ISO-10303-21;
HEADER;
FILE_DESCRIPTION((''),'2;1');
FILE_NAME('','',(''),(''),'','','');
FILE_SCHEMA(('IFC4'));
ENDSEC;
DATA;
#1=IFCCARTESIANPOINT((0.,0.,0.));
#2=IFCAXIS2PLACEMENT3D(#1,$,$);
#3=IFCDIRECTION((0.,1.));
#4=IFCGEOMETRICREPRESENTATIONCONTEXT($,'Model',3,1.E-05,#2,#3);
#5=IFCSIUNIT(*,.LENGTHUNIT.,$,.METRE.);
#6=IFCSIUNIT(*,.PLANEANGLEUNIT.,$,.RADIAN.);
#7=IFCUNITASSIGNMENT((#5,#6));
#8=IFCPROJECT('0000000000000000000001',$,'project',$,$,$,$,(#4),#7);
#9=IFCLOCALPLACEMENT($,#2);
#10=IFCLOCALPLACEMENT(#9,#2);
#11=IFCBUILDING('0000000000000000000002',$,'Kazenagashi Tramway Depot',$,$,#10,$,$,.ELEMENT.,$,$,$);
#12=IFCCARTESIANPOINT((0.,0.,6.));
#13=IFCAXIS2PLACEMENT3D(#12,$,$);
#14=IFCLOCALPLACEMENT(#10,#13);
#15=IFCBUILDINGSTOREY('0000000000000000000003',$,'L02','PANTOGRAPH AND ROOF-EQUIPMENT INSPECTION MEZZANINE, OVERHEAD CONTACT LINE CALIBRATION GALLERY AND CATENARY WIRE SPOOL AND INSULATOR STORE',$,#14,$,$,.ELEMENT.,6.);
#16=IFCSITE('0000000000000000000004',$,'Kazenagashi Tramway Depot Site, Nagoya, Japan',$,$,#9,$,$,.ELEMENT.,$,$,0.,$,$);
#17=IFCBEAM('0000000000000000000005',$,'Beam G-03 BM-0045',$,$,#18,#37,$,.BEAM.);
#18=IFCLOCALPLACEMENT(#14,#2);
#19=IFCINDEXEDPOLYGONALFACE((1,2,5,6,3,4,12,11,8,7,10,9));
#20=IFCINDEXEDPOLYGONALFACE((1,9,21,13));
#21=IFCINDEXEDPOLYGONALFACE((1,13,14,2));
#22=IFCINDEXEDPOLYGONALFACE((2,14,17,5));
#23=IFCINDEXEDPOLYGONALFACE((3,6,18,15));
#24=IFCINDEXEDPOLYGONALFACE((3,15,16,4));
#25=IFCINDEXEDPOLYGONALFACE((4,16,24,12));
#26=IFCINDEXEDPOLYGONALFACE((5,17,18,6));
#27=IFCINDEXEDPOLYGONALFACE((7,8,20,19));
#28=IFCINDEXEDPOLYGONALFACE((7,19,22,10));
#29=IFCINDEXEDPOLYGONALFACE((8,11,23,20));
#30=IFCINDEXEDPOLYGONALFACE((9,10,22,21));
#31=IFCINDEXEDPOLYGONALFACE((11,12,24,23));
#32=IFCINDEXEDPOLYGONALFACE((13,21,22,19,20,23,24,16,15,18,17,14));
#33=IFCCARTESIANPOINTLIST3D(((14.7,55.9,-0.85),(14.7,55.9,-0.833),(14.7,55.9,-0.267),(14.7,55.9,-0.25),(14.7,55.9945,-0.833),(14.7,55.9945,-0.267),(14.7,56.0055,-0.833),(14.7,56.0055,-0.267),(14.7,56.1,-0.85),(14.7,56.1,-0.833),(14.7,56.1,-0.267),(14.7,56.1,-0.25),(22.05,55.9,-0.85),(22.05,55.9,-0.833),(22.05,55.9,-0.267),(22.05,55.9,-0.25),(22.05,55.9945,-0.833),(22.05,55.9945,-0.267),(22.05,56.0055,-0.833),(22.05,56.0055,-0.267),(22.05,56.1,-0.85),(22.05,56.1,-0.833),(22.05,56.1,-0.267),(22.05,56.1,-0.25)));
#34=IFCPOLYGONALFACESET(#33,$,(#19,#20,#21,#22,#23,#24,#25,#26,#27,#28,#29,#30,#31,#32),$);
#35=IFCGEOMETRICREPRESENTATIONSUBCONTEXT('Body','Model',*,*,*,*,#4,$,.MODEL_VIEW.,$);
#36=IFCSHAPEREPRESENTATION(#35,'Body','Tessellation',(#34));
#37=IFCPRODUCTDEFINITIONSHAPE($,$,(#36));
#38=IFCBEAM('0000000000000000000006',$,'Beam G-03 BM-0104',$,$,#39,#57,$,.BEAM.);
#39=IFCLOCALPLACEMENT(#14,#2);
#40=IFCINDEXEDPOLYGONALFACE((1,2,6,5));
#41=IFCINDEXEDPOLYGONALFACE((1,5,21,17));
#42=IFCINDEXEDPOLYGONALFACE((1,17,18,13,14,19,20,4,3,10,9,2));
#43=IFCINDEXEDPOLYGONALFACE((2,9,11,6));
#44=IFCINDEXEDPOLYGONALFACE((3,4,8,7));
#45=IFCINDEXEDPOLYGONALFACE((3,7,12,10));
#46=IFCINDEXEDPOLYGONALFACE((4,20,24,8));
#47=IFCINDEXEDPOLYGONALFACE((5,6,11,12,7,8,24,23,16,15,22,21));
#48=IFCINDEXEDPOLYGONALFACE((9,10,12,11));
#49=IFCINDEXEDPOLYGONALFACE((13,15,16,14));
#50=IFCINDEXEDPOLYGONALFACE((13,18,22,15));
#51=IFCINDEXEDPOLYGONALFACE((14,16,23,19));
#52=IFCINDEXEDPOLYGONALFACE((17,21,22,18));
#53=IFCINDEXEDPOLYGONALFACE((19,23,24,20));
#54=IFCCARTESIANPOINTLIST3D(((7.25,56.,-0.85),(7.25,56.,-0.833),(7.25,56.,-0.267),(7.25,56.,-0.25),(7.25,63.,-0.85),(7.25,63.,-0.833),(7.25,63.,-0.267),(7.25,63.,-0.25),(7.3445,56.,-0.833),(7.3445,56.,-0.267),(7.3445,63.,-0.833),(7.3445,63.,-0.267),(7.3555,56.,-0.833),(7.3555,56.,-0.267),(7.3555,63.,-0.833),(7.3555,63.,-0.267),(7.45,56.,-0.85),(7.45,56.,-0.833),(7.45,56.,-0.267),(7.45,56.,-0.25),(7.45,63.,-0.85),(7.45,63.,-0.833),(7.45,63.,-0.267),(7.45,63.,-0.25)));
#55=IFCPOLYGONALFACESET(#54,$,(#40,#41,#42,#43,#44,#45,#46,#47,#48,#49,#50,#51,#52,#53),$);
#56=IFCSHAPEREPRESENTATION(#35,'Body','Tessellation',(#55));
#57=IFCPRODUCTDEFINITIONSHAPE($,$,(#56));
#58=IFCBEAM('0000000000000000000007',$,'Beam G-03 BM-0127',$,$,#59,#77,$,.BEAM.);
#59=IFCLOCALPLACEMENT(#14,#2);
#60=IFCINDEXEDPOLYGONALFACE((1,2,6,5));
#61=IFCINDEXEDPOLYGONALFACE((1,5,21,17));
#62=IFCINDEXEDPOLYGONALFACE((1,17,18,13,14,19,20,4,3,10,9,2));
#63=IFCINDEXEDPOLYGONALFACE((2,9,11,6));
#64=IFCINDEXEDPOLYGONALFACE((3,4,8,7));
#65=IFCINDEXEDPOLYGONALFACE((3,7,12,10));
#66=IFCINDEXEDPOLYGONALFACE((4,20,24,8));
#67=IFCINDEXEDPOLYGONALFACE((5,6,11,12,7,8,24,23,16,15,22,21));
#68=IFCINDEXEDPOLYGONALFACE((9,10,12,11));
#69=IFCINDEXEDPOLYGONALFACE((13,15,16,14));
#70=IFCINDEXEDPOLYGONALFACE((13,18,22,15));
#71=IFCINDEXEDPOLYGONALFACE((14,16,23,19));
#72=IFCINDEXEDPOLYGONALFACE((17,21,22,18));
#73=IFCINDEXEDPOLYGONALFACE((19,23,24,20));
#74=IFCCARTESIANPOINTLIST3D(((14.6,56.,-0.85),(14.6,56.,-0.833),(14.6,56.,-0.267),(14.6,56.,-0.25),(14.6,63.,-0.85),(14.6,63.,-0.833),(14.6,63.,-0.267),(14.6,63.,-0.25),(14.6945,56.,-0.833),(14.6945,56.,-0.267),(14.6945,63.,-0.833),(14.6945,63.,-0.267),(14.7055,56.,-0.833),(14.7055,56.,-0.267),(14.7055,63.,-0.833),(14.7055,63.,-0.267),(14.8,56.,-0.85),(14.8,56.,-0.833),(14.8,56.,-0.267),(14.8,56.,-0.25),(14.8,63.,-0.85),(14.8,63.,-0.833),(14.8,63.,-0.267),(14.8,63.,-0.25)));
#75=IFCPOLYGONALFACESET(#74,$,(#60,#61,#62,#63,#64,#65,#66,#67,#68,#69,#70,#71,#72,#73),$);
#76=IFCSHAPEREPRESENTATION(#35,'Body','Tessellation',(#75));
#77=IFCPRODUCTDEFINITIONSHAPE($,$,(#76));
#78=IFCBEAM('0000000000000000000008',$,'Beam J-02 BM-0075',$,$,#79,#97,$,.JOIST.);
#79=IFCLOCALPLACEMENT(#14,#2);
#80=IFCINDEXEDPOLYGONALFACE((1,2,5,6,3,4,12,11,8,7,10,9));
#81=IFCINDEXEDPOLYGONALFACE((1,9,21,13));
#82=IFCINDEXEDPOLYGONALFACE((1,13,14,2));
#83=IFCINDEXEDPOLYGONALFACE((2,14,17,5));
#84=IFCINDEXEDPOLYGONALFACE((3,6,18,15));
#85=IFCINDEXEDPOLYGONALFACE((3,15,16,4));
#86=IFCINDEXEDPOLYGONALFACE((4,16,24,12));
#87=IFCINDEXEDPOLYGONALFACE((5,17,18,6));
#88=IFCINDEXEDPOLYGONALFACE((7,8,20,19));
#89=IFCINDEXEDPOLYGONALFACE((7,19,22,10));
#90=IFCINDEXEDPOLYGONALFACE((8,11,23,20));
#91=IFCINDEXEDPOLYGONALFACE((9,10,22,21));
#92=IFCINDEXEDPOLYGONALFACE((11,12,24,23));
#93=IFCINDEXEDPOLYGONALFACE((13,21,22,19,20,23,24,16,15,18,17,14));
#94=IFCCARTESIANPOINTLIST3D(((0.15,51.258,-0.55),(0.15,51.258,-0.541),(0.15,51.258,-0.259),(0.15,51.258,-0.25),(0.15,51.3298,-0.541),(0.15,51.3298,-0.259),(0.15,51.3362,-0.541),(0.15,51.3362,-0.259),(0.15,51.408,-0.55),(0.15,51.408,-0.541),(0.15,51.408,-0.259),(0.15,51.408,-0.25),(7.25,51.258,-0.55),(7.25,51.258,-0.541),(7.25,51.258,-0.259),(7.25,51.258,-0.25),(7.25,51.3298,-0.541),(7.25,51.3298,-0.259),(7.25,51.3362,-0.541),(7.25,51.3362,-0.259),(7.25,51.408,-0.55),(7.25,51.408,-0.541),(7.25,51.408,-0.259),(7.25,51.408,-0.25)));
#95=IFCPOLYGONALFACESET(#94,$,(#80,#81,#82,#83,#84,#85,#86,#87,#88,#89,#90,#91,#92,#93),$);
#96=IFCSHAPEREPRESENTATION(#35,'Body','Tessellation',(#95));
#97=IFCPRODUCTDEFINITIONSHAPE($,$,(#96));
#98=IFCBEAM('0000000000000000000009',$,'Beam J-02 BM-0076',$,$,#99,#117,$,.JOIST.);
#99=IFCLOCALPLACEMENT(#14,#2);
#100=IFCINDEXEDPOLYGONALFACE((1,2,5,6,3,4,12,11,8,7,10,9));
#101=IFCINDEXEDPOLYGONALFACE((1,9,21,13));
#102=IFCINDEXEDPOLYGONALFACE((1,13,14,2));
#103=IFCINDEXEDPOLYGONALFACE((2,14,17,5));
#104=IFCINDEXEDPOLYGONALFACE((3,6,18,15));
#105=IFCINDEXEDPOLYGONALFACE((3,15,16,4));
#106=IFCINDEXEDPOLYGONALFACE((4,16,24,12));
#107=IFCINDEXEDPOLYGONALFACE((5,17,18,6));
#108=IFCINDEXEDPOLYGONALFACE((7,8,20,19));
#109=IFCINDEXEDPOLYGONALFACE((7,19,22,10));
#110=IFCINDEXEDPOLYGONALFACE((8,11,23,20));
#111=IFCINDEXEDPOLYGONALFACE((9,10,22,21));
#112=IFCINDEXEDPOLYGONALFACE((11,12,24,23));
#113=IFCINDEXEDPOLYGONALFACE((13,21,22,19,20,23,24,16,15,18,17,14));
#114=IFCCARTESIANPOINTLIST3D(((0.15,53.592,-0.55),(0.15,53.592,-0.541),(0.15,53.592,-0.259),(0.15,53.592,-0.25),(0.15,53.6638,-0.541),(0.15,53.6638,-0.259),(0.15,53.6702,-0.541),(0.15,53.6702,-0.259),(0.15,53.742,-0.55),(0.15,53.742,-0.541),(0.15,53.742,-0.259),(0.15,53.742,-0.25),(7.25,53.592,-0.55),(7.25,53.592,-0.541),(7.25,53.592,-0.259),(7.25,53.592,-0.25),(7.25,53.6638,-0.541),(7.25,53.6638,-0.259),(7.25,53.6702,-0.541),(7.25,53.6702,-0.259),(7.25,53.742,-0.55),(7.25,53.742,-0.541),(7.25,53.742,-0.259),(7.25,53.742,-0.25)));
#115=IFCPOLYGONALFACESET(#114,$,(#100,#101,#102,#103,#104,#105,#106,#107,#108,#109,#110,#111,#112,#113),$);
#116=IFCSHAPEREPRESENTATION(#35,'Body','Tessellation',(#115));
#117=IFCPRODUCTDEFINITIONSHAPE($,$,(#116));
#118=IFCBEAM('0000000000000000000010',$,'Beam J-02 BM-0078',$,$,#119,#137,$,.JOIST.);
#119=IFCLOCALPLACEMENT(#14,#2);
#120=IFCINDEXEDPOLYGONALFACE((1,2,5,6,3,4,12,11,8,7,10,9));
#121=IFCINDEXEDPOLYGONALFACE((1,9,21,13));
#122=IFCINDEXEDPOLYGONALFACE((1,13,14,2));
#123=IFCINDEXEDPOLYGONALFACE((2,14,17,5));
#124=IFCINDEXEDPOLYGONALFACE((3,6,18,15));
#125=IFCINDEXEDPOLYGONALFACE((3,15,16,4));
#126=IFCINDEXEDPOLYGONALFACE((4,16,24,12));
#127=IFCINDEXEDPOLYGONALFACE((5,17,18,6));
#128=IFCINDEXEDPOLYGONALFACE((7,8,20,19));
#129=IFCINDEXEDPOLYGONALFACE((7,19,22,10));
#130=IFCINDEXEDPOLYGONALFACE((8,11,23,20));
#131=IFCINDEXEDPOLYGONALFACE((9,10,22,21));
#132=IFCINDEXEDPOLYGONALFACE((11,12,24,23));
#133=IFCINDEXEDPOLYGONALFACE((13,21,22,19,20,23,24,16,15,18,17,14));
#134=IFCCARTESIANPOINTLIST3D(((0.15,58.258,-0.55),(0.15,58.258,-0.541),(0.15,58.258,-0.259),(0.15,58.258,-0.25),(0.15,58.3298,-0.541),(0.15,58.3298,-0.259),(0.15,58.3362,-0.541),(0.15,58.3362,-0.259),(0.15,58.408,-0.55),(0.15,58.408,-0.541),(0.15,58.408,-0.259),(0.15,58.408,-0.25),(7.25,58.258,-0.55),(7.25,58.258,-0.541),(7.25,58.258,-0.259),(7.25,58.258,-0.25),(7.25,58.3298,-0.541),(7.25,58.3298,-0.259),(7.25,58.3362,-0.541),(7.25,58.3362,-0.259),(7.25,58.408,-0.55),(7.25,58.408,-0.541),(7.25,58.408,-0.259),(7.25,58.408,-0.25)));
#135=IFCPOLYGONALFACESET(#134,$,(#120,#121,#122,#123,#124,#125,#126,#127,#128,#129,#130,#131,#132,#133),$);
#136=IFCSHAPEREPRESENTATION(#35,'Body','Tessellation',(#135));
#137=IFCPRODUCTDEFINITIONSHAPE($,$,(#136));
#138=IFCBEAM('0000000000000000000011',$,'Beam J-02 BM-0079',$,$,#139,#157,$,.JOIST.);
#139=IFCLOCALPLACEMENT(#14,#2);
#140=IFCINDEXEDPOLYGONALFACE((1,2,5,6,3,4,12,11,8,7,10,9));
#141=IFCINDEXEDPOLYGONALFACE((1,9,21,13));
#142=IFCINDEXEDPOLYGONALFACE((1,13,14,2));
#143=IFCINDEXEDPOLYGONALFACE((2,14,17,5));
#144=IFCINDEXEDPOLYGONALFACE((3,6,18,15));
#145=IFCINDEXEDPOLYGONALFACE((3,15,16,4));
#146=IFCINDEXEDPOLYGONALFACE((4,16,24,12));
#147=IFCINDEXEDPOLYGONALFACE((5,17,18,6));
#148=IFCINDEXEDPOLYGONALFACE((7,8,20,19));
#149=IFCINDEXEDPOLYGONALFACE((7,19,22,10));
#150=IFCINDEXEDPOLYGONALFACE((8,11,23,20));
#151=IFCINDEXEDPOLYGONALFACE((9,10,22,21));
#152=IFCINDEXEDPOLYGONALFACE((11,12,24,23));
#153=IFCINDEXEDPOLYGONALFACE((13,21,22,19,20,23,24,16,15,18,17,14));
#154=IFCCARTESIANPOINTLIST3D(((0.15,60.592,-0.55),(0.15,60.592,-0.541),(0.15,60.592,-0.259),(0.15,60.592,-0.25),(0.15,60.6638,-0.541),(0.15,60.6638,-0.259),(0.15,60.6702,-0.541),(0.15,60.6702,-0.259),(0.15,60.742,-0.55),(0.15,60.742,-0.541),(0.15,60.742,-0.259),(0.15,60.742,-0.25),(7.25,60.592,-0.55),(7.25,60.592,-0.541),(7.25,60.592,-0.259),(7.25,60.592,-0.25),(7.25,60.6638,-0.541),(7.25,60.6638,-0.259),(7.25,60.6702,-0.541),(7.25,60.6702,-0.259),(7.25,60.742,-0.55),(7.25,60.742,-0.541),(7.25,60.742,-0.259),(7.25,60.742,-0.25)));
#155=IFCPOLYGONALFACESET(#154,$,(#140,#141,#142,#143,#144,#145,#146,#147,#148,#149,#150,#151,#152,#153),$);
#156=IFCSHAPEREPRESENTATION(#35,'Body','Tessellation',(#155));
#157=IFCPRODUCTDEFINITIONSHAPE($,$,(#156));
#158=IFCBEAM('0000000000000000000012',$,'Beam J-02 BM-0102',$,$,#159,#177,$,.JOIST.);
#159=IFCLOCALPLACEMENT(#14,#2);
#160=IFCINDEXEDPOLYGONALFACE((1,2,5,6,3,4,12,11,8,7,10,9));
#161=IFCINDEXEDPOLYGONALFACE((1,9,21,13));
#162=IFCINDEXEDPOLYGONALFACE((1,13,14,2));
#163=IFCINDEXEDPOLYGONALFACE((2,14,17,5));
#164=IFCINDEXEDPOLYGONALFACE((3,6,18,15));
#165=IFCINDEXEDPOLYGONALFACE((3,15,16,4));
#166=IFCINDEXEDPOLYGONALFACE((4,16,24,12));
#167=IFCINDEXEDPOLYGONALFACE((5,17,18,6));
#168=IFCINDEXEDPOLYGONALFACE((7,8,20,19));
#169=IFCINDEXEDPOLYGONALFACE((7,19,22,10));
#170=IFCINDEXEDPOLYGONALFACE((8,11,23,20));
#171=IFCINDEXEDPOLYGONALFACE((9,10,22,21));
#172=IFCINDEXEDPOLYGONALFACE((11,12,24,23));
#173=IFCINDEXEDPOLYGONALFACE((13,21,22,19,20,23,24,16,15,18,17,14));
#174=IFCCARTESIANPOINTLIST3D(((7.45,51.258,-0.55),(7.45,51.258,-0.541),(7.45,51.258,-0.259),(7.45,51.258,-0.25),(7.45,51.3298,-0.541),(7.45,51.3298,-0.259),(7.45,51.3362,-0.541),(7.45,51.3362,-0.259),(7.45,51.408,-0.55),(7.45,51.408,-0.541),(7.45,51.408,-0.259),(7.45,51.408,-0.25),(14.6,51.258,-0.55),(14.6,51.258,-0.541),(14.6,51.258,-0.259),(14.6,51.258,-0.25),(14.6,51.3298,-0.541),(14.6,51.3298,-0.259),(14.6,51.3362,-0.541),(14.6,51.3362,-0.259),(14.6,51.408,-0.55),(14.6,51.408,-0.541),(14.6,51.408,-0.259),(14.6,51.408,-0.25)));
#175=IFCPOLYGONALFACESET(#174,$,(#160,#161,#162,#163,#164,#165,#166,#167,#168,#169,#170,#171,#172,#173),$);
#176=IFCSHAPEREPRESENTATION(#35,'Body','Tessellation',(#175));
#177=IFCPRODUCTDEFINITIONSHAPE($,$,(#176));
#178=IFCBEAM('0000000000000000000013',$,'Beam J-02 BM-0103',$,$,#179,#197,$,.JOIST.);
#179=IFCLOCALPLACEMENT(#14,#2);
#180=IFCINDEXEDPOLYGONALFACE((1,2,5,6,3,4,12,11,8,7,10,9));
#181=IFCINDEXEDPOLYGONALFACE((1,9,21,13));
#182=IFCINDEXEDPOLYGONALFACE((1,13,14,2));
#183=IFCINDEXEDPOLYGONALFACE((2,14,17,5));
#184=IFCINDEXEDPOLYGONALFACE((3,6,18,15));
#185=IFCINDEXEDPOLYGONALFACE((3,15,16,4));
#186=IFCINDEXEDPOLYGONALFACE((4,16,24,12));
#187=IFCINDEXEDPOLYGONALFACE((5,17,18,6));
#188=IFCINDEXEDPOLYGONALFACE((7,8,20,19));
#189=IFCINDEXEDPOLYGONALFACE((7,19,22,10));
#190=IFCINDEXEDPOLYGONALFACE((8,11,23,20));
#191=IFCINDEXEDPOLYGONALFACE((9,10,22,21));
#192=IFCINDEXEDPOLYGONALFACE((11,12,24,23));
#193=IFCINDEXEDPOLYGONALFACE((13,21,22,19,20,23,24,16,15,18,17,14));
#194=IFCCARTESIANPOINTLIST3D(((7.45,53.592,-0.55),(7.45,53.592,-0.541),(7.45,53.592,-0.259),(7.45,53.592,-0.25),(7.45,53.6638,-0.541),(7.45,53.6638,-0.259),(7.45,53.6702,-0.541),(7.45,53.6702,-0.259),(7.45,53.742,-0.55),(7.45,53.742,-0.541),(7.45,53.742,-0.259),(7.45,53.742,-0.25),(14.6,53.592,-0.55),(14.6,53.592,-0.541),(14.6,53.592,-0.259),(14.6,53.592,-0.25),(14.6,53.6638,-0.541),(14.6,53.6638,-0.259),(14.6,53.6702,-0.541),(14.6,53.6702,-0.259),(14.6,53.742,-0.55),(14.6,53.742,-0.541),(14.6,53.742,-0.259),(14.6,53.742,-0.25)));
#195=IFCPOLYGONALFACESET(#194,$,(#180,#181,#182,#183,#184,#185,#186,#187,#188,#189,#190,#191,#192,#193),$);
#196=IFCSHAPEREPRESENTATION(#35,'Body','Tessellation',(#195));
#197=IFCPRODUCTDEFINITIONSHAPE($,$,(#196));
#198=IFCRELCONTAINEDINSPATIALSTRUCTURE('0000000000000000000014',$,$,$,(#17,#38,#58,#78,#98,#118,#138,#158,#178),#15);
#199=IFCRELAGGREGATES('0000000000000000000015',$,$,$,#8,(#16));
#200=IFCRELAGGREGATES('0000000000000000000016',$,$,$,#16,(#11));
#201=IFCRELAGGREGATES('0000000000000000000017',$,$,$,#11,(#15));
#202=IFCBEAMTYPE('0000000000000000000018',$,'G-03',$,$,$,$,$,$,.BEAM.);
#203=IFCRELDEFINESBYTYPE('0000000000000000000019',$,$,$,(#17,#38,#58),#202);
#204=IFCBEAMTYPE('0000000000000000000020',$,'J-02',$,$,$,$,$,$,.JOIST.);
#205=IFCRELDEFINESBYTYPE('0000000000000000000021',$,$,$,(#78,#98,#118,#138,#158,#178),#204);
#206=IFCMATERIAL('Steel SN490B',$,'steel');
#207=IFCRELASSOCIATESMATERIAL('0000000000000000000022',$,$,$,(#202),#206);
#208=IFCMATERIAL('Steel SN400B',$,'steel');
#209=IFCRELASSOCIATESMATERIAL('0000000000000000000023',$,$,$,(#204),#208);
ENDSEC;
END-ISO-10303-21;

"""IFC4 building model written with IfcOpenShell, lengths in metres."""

from ifc_helpers import new_model, si_unit, direction, frame, origin, origin_2d, place, context, subcontext, project, spatial, i_section, extrude, material, material_profile, profile_set, type_object, element, save


model = new_model("IFC4")

# Units and contexts
model_context = context("Model", 3, precision=1e-05, world=origin(), true_north=direction((0.0, 1.0)))
body_context = subcontext(model_context, "Body", "Model", "MODEL_VIEW")
ifc_project = project(units=[si_unit("LENGTHUNIT", "METRE"), si_unit("PLANEANGLEUNIT", "RADIAN")], contexts=[model_context])

# Site, building, storey
site_placement = place(None, origin())
site = spatial("IfcSite", under=ifc_project, at=site_placement, Name="Kazenagashi Tramway Depot Site, Nagoya, Japan", CompositionType="ELEMENT", RefElevation=0.0)
building_placement = place(site_placement, origin())
building = spatial("IfcBuilding", under=site, at=building_placement, Name="Kazenagashi Tramway Depot", CompositionType="ELEMENT")
storey_placement = place(building_placement, frame((0.0, 0.0, 6.0)))
storey = spatial("IfcBuildingStorey", under=building, at=storey_placement, Name="L02", Description="PANTOGRAPH AND ROOF-EQUIPMENT INSPECTION MEZZANINE, OVERHEAD CONTACT LINE CALIBRATION GALLERY AND CATENARY WIRE SPOOL AND INSULATOR STORE", CompositionType="ELEMENT", Elevation=6.0)

# Shared definitions
ifc_material_1 = material(Name="Steel SN490B", Category="steel")

# Beams
ifc_material_profile_1 = material_profile(ifc_material_1, i_section(OverallWidth=0.2, OverallDepth=0.6, WebThickness=0.011, FlangeThickness=0.017, at=origin_2d()), Name="H-600x200x11x17")
ifc_profile_set_1 = profile_set([ifc_material_profile_1], Name="Steel SN490B")
beam_type_1 = type_object("IfcBeamType", Name="G-03", PredefinedType="BEAM", material=ifc_profile_set_1)
for number, where, z_axis, x_axis, name in (
    (1, (14.7, 56.0, -0.55), (1.0, 0.0, 0.0), (0.0, 1.0, 0.0), "Beam G-03 BM-0045"),
):
    element("IfcBeam", number, at=place(storey_placement, frame(where, z_axis=z_axis, x_axis=x_axis)), inside=storey, type_object=beam_type_1, Name=name, PredefinedType="BEAM", context=body_context, shape_type="SweptSolid", body=[
        extrude(i_section(OverallWidth=0.2, OverallDepth=0.6, WebThickness=0.011, FlangeThickness=0.017, at=origin_2d()), origin(), (0.0, 0.0, 1.0), 7.35),
    ])
for number, where, z_axis, x_axis, name in (
    (2, (7.35, 56.0, -0.55), (0.0, 1.0, 0.0), (-1.0, 0.0, 0.0), "Beam G-03 BM-0104"),
    (3, (14.7, 56.0, -0.55), (0.0, 1.0, 0.0), (-1.0, 0.0, 0.0), "Beam G-03 BM-0127"),
):
    element("IfcBeam", number, at=place(storey_placement, frame(where, z_axis=z_axis, x_axis=x_axis)), inside=storey, type_object=beam_type_1, Name=name, PredefinedType="BEAM", context=body_context, shape_type="SweptSolid", body=[
        extrude(i_section(OverallWidth=0.2, OverallDepth=0.6, WebThickness=0.011, FlangeThickness=0.017, at=origin_2d()), origin(), (0.0, 0.0, 1.0), 7.0),
    ])
ifc_material_2 = material(Name="Steel SN400B", Category="steel")
ifc_material_profile_2 = material_profile(ifc_material_2, i_section(OverallWidth=0.15, OverallDepth=0.3, WebThickness=0.0065, FlangeThickness=0.009, at=origin_2d()), Name="H-300x150x6.5x9")
ifc_profile_set_2 = profile_set([ifc_material_profile_2], Name="Steel SN400B")
beam_type_2 = type_object("IfcBeamType", Name="J-02", PredefinedType="JOIST", material=ifc_profile_set_2)
for number, where, z_axis, x_axis, name in (
    (4, (0.15, 51.333, -0.4), (1.0, 0.0, 0.0), (0.0, 1.0, 0.0), "Beam J-02 BM-0075"),
    (5, (0.15, 53.667, -0.4), (1.0, 0.0, 0.0), (0.0, 1.0, 0.0), "Beam J-02 BM-0076"),
    (6, (0.15, 58.333, -0.4), (1.0, 0.0, 0.0), (0.0, 1.0, 0.0), "Beam J-02 BM-0078"),
    (7, (0.15, 60.667, -0.4), (1.0, 0.0, 0.0), (0.0, 1.0, 0.0), "Beam J-02 BM-0079"),
):
    element("IfcBeam", number, at=place(storey_placement, frame(where, z_axis=z_axis, x_axis=x_axis)), inside=storey, type_object=beam_type_2, Name=name, PredefinedType="JOIST", context=body_context, shape_type="SweptSolid", body=[
        extrude(i_section(OverallWidth=0.15, OverallDepth=0.3, WebThickness=0.0065, FlangeThickness=0.009, at=origin_2d()), origin(), (0.0, 0.0, 1.0), 7.1),
    ])
for number, where, z_axis, x_axis, name in (
    (8, (7.45, 51.333, -0.4), (1.0, 0.0, 0.0), (0.0, 1.0, 0.0), "Beam J-02 BM-0102"),
    (9, (7.45, 53.667, -0.4), (1.0, 0.0, 0.0), (0.0, 1.0, 0.0), "Beam J-02 BM-0103"),
):
    element("IfcBeam", number, at=place(storey_placement, frame(where, z_axis=z_axis, x_axis=x_axis)), inside=storey, type_object=beam_type_2, Name=name, PredefinedType="JOIST", context=body_context, shape_type="SweptSolid", body=[
        extrude(i_section(OverallWidth=0.15, OverallDepth=0.3, WebThickness=0.0065, FlangeThickness=0.009, at=origin_2d()), origin(), (0.0, 0.0, 1.0), 7.15),
    ])

save(model, "model.ifc")
